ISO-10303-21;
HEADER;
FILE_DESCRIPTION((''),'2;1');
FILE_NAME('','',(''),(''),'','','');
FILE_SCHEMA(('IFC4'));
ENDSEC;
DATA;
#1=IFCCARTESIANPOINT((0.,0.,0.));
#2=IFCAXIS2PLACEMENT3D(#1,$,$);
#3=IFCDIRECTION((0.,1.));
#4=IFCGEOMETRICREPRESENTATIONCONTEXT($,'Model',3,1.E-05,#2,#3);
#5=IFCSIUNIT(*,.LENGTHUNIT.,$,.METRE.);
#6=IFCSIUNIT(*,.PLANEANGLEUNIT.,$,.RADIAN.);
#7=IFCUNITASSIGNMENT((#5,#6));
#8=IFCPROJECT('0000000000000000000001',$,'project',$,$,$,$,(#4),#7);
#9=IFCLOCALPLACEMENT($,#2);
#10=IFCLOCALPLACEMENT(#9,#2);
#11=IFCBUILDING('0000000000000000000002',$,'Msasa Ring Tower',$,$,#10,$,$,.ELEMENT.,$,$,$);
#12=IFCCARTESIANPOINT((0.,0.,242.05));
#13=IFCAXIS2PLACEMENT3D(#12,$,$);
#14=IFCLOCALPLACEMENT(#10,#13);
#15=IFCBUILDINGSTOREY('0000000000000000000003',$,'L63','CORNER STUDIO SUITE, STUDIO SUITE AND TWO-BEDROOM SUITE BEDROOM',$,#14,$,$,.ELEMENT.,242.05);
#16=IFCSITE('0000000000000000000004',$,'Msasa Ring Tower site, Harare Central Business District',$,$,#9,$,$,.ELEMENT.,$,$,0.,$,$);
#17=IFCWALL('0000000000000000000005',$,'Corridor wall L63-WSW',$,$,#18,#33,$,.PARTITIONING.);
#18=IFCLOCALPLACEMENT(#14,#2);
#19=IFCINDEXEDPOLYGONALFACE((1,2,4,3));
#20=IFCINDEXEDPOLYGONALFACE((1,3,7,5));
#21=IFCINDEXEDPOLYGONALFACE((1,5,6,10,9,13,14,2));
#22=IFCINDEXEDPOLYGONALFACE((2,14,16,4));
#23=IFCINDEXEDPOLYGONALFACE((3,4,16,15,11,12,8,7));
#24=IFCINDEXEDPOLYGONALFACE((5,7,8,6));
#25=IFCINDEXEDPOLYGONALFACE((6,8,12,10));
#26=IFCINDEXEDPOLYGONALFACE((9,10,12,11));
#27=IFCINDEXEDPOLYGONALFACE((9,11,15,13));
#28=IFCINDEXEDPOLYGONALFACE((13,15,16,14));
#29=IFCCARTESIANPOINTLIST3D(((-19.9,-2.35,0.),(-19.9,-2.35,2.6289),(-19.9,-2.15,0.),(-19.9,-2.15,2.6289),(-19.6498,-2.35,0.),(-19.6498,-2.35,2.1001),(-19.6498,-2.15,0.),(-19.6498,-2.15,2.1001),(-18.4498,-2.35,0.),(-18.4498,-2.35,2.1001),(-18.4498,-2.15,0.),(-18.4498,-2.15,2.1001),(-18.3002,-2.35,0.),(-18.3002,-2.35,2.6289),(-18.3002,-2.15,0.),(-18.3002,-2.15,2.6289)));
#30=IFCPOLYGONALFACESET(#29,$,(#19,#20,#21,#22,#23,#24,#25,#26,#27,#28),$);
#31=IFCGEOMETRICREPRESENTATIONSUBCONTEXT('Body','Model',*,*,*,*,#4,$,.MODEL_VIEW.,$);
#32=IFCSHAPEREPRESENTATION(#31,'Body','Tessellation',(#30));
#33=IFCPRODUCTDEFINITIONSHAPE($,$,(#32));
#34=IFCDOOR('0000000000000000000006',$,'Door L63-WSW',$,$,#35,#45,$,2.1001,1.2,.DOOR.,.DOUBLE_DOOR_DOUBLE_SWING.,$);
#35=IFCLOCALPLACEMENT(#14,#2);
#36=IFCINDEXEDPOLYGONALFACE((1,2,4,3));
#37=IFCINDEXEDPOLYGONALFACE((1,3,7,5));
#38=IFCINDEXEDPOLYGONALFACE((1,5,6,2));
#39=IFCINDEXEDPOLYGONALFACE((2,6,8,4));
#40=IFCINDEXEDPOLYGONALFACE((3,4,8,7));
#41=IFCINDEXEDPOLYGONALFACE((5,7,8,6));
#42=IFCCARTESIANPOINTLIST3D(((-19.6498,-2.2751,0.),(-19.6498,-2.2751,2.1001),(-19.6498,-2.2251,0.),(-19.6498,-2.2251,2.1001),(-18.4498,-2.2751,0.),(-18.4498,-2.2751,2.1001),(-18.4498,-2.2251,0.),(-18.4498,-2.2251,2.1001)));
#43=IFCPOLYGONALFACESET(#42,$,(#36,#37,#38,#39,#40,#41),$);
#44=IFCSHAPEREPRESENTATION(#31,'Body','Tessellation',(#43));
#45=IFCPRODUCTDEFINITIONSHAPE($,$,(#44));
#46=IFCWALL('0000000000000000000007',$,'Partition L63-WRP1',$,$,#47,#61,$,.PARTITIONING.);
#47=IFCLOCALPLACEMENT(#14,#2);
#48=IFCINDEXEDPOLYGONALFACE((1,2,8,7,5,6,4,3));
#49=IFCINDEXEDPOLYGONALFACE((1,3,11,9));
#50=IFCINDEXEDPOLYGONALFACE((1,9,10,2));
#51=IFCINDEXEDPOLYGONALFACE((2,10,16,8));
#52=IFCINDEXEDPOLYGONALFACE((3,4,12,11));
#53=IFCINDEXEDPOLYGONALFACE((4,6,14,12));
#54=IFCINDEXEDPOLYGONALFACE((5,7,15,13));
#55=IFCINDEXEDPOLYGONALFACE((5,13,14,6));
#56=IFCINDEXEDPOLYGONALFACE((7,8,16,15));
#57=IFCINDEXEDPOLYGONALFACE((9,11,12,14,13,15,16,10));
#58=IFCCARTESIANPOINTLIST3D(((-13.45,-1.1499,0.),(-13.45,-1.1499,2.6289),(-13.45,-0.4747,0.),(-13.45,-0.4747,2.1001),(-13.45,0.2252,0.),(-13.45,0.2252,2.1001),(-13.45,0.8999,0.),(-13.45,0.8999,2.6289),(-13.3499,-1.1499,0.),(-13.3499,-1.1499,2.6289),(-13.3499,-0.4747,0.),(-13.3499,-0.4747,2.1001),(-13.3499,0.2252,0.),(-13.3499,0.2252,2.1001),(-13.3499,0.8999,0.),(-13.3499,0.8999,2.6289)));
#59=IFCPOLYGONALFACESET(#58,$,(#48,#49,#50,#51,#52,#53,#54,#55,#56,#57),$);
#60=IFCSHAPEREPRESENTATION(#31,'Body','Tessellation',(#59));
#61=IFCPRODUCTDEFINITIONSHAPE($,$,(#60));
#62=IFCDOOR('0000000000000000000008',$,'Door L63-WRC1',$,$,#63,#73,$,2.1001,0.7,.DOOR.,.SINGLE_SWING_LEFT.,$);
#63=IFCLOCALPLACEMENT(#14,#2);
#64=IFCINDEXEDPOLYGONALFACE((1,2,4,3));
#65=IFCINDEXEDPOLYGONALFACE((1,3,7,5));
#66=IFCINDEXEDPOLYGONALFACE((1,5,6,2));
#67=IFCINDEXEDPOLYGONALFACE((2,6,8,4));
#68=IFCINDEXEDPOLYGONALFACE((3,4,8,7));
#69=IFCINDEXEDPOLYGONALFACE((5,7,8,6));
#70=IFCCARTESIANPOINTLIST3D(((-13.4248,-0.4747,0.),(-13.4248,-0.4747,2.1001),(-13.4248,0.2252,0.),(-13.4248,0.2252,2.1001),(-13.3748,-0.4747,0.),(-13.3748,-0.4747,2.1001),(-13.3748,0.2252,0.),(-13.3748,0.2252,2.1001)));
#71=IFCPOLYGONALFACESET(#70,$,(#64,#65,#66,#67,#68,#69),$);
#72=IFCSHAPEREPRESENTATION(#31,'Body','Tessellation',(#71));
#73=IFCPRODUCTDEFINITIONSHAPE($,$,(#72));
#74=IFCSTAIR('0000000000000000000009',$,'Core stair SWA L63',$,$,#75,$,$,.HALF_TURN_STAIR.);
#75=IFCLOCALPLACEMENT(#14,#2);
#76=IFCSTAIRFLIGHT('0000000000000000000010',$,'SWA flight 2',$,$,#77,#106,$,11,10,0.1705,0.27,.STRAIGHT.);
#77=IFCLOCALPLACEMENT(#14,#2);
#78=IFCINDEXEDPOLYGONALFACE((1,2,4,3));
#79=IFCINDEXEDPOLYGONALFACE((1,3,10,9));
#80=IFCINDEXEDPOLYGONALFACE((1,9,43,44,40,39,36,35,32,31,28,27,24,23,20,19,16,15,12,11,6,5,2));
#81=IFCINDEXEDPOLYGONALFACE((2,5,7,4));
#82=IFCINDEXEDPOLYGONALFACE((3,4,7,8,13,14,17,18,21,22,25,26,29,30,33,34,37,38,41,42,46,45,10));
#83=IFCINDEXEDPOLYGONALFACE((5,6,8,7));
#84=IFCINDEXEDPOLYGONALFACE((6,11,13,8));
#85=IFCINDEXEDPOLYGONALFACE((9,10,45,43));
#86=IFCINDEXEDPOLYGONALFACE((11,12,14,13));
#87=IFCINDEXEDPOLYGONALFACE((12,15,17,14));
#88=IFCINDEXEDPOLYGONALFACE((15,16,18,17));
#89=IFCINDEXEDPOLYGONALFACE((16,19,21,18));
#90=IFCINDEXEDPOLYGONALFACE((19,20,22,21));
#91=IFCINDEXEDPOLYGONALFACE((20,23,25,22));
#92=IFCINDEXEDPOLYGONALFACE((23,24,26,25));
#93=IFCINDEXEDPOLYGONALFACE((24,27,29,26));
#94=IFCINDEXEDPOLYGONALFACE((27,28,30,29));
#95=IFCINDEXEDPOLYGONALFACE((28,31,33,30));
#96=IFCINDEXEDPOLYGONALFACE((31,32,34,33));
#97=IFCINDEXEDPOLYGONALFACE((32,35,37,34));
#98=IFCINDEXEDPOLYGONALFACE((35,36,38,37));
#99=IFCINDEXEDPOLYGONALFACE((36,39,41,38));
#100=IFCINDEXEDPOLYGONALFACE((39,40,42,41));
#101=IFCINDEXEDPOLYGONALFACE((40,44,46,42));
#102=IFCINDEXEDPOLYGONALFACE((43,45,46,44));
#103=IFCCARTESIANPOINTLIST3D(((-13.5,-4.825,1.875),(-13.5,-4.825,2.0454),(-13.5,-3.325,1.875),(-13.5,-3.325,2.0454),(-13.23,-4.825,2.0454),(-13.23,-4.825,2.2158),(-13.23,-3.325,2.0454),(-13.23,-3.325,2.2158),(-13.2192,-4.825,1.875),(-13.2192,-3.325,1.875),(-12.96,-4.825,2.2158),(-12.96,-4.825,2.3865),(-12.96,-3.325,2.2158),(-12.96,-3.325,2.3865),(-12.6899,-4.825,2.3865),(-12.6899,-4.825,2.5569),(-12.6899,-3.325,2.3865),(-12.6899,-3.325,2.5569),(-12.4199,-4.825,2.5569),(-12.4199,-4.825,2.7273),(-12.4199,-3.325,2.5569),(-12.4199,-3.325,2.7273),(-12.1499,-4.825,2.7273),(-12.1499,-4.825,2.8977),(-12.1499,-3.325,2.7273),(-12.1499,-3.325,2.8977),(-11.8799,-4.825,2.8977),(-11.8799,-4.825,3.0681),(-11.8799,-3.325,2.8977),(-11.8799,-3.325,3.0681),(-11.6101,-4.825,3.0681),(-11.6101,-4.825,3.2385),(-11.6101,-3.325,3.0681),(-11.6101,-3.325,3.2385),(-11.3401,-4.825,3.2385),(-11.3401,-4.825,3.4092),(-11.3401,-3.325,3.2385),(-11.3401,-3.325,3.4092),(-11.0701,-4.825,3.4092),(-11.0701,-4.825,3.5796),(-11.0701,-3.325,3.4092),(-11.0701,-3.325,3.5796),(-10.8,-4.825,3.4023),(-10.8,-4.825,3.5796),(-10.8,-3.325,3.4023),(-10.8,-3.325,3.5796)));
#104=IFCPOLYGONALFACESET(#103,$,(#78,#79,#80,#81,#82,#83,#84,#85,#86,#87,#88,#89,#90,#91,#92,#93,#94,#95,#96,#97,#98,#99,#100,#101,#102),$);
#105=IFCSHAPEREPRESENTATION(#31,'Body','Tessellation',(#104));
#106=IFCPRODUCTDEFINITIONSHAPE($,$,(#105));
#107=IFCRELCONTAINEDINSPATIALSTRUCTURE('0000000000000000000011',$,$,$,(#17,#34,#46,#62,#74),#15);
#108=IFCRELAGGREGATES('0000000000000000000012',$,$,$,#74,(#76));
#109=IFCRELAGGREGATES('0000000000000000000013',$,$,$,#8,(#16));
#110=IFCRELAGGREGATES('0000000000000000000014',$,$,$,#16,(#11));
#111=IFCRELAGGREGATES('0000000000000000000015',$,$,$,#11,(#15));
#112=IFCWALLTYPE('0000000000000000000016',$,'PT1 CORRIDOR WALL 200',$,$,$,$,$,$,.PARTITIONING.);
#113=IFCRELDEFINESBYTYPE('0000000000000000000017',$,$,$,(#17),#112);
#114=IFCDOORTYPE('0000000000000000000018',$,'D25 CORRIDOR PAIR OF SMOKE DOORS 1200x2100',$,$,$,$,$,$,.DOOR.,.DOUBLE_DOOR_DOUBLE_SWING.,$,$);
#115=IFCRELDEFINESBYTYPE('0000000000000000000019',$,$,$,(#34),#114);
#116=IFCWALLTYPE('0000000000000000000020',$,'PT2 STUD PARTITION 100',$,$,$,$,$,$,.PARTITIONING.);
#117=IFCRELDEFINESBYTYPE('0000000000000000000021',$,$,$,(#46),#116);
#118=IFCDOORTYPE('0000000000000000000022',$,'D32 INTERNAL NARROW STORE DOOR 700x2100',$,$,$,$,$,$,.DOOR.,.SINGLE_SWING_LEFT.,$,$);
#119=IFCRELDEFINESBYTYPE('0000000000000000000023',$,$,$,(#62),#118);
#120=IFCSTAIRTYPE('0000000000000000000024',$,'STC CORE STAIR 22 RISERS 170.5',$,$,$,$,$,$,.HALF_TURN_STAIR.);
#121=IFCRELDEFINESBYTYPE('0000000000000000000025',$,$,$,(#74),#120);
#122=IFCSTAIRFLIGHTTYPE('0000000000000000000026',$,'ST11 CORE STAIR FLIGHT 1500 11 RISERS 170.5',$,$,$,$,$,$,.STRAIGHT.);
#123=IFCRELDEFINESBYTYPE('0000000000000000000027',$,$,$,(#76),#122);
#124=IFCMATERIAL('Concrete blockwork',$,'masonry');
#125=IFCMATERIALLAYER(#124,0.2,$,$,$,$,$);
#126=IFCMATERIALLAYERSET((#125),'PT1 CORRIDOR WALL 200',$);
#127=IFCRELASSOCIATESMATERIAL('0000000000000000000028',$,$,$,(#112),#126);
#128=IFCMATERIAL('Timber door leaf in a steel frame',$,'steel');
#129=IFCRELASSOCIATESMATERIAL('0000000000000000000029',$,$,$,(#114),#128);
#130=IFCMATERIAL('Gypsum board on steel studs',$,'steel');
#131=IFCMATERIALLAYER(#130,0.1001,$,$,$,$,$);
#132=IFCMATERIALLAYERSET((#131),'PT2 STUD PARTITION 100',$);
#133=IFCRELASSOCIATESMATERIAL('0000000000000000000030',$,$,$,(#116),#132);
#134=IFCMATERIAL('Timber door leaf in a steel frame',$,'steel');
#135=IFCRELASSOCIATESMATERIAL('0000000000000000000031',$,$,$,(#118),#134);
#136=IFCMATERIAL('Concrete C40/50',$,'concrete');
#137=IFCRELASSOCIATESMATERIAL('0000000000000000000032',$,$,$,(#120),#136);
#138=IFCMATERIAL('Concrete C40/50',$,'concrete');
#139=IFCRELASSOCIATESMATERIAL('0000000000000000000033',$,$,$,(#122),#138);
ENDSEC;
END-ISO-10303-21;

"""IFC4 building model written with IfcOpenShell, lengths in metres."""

from ifc_helpers import new_model, si_unit, direction, frame, frame_2d, origin, place, context, subcontext, project, spatial, polyline, rectangle, outline, extrude, material, layer, layer_set, type_object, element, fill, aggregate, save


model = new_model("IFC4")

# Units and contexts
model_context = context("Model", 3, precision=1e-05, world=origin(), true_north=direction((0.0, 1.0)))
body_context = subcontext(model_context, "Body", "Model", "MODEL_VIEW")
ifc_project = project(units=[si_unit("LENGTHUNIT", "METRE"), si_unit("PLANEANGLEUNIT", "RADIAN")], contexts=[model_context])

# Site, building, storey
site_placement = place(None, origin())
site = spatial("IfcSite", under=ifc_project, at=site_placement, Name="Msasa Ring Tower site, Harare Central Business District", CompositionType="ELEMENT", RefElevation=0.0)
building_placement = place(site_placement, origin())
building = spatial("IfcBuilding", under=site, at=building_placement, Name="Msasa Ring Tower", CompositionType="ELEMENT")
storey_placement = place(building_placement, frame((0.0, 0.0, 242.05)))
storey = spatial("IfcBuildingStorey", under=building, at=storey_placement, Name="L63", Description="CORNER STUDIO SUITE, STUDIO SUITE AND TWO-BEDROOM SUITE BEDROOM", CompositionType="ELEMENT", Elevation=242.05)

# Walls, openings, doors
ifc_material_1 = material(Name="Concrete blockwork", Category="masonry")
ifc_layer_1 = layer(ifc_material_1, 0.2)
ifc_layer_set_1 = layer_set([ifc_layer_1], Name="PT1 CORRIDOR WALL 200")
wall_type_1 = type_object("IfcWallType", Name="PT1 CORRIDOR WALL 200", PredefinedType="PARTITIONING", material=ifc_layer_set_1)
wall_1_placement = place(storey_placement, frame((-19.8999, -2.25, 0.0), z_axis=(0.0, 0.0, 1.0), x_axis=(1.0, 0.0, 0.0)))
wall_1 = element("IfcWall", 1, at=wall_1_placement, inside=storey, type_object=wall_type_1, Name="Corridor wall L63-WSW", PredefinedType="PARTITIONING", context=body_context, shape_type="SweptSolid", body=[
    extrude(rectangle(XDim=1.5999, YDim=0.2, at=frame_2d((0.7998, 0.0))), origin(), (0.0, 0.0, 1.0), 2.6289),
])
opening_1_placement = place(wall_1_placement, frame((0.25, 0.0, 0.0)))
opening_1 = element("IfcOpeningElement", 2, at=opening_1_placement, cuts=wall_1, PredefinedType="OPENING", context=body_context, shape_type="SweptSolid", body=[
    extrude(rectangle(XDim=1.2, YDim=2.1001, at=frame_2d((0.6001, 1.05))), frame((0.0, 0.1099, 0.0), z_axis=(0.0, -1.0, 0.0), x_axis=(1.0, 0.0, 0.0)), (0.0, 0.0, 1.0), 0.22),
])
ifc_material_2 = material(Name="Timber door leaf in a steel frame", Category="steel")
door_type_1 = type_object("IfcDoorType", Name="D25 CORRIDOR PAIR OF SMOKE DOORS 1200x2100", OperationType="DOUBLE_DOOR_DOUBLE_SWING", PredefinedType="DOOR", material=ifc_material_2)
door_1_placement = place(opening_1_placement, origin())
door_1 = element("IfcDoor", 3, at=door_1_placement, inside=storey, type_object=door_type_1, Name="Door L63-WSW", OperationType="DOUBLE_DOOR_DOUBLE_SWING", OverallHeight=2.1001, OverallWidth=1.2, PredefinedType="DOOR", context=body_context, shape_type="SweptSolid", body=[
    extrude(rectangle(XDim=1.2, YDim=2.1001, at=frame_2d((0.6001, 1.05))), frame((0.0, 0.0249, 0.0), z_axis=(0.0, -1.0, 0.0), x_axis=(1.0, 0.0, 0.0)), (0.0, 0.0, 1.0), 0.05),
])
fill(opening_1, door_1)
ifc_material_3 = material(Name="Gypsum board on steel studs", Category="steel")
ifc_layer_2 = layer(ifc_material_3, 0.1001)
ifc_layer_set_2 = layer_set([ifc_layer_2], Name="PT2 STUD PARTITION 100")
wall_type_2 = type_object("IfcWallType", Name="PT2 STUD PARTITION 100", PredefinedType="PARTITIONING", material=ifc_layer_set_2)
wall_2_placement = place(storey_placement, frame((-13.3999, -1.1499, 0.0), z_axis=(0.0, 0.0, 1.0), x_axis=(0.0, 1.0, 0.0)))
wall_2 = element("IfcWall", 4, at=wall_2_placement, inside=storey, type_object=wall_type_2, Name="Partition L63-WRP1", PredefinedType="PARTITIONING", context=body_context, shape_type="SweptSolid", body=[
    extrude(rectangle(XDim=2.0498, YDim=0.1001, at=frame_2d((1.0249, 0.0))), origin(), (0.0, 0.0, 1.0), 2.6289),
])
opening_2_placement = place(wall_2_placement, frame((0.675, 0.0, 0.0)))
opening_2 = element("IfcOpeningElement", 5, at=opening_2_placement, cuts=wall_2, PredefinedType="OPENING", context=body_context, shape_type="SweptSolid", body=[
    extrude(rectangle(XDim=0.7, YDim=2.1001, at=frame_2d((0.3501, 1.05))), frame((0.0, 0.0601, 0.0), z_axis=(0.0, -1.0, 0.0), x_axis=(1.0, 0.0, 0.0)), (0.0, 0.0, 1.0), 0.1201),
])
ifc_material_4 = material(Name="Timber door leaf in a steel frame", Category="steel")
door_type_2 = type_object("IfcDoorType", Name="D32 INTERNAL NARROW STORE DOOR 700x2100", OperationType="SINGLE_SWING_LEFT", PredefinedType="DOOR", material=ifc_material_4)
door_2_placement = place(opening_2_placement, origin())
door_2 = element("IfcDoor", 6, at=door_2_placement, inside=storey, type_object=door_type_2, Name="Door L63-WRC1", OperationType="SINGLE_SWING_LEFT", OverallHeight=2.1001, OverallWidth=0.7, PredefinedType="DOOR", context=body_context, shape_type="SweptSolid", body=[
    extrude(rectangle(XDim=0.7, YDim=2.1001, at=frame_2d((0.3501, 1.05))), frame((0.0, 0.0249, 0.0), z_axis=(0.0, -1.0, 0.0), x_axis=(1.0, 0.0, 0.0)), (0.0, 0.0, 1.0), 0.05),
])
fill(opening_2, door_2)

# Stair, stair flight
ifc_material_5 = material(Name="Concrete C40/50", Category="concrete")
stair_type = type_object("IfcStairType", Name="STC CORE STAIR 22 RISERS 170.5", PredefinedType="HALF_TURN_STAIR", material=ifc_material_5)
stair_placement = place(storey_placement, origin())
stair = element("IfcStair", 7, at=stair_placement, inside=storey, type_object=stair_type, Name="Core stair SWA L63", PredefinedType="HALF_TURN_STAIR")
ifc_material_6 = material(Name="Concrete C40/50", Category="concrete")
stair_flight_type = type_object("IfcStairFlightType", Name="ST11 CORE STAIR FLIGHT 1500 11 RISERS 170.5", PredefinedType="STRAIGHT", material=ifc_material_6)
stair_flight_placement = place(storey_placement, frame((-13.5, -4.075, 1.875), z_axis=(0.0, 0.0, 1.0), x_axis=(1.0, 0.0, 0.0)))
stair_flight = element("IfcStairFlight", 8, at=stair_flight_placement, type_object=stair_flight_type, Name="SWA flight 2", NumberOfRisers=11, NumberOfTreads=10, PredefinedType="STRAIGHT", RiserHeight=0.1705, TreadLength=0.27, context=body_context, shape_type="SweptSolid", body=[
    extrude(outline(polyline([(0.0, 0.0), (0.0, 0.1704), (0.27, 0.1704), (0.27, 0.3408), (0.54, 0.3408), (0.54, 0.5115), (0.8101, 0.5115), (0.8101, 0.6819), (1.0801, 0.6819), (1.0801, 0.8523), (1.3501, 0.8523), (1.3501, 1.0227), (1.6201, 1.0227), (1.6201, 1.1931), (1.8899, 1.1931), (1.8899, 1.3635), (2.1599, 1.3635), (2.1599, 1.5342), (2.4299, 1.5342), (2.4299, 1.7046), (2.7, 1.7046), (2.7, 1.875), (2.7, 1.5273), (0.2808, 0.0), (0.0, 0.0)])), frame((0.0, 0.75, 0.0), z_axis=(0.0, -1.0, 0.0), x_axis=(1.0, 0.0, 0.0)), (0.0, 0.0, 1.0), 1.5),
])
aggregate(stair, [stair_flight])

save(model, "model.ifc")
